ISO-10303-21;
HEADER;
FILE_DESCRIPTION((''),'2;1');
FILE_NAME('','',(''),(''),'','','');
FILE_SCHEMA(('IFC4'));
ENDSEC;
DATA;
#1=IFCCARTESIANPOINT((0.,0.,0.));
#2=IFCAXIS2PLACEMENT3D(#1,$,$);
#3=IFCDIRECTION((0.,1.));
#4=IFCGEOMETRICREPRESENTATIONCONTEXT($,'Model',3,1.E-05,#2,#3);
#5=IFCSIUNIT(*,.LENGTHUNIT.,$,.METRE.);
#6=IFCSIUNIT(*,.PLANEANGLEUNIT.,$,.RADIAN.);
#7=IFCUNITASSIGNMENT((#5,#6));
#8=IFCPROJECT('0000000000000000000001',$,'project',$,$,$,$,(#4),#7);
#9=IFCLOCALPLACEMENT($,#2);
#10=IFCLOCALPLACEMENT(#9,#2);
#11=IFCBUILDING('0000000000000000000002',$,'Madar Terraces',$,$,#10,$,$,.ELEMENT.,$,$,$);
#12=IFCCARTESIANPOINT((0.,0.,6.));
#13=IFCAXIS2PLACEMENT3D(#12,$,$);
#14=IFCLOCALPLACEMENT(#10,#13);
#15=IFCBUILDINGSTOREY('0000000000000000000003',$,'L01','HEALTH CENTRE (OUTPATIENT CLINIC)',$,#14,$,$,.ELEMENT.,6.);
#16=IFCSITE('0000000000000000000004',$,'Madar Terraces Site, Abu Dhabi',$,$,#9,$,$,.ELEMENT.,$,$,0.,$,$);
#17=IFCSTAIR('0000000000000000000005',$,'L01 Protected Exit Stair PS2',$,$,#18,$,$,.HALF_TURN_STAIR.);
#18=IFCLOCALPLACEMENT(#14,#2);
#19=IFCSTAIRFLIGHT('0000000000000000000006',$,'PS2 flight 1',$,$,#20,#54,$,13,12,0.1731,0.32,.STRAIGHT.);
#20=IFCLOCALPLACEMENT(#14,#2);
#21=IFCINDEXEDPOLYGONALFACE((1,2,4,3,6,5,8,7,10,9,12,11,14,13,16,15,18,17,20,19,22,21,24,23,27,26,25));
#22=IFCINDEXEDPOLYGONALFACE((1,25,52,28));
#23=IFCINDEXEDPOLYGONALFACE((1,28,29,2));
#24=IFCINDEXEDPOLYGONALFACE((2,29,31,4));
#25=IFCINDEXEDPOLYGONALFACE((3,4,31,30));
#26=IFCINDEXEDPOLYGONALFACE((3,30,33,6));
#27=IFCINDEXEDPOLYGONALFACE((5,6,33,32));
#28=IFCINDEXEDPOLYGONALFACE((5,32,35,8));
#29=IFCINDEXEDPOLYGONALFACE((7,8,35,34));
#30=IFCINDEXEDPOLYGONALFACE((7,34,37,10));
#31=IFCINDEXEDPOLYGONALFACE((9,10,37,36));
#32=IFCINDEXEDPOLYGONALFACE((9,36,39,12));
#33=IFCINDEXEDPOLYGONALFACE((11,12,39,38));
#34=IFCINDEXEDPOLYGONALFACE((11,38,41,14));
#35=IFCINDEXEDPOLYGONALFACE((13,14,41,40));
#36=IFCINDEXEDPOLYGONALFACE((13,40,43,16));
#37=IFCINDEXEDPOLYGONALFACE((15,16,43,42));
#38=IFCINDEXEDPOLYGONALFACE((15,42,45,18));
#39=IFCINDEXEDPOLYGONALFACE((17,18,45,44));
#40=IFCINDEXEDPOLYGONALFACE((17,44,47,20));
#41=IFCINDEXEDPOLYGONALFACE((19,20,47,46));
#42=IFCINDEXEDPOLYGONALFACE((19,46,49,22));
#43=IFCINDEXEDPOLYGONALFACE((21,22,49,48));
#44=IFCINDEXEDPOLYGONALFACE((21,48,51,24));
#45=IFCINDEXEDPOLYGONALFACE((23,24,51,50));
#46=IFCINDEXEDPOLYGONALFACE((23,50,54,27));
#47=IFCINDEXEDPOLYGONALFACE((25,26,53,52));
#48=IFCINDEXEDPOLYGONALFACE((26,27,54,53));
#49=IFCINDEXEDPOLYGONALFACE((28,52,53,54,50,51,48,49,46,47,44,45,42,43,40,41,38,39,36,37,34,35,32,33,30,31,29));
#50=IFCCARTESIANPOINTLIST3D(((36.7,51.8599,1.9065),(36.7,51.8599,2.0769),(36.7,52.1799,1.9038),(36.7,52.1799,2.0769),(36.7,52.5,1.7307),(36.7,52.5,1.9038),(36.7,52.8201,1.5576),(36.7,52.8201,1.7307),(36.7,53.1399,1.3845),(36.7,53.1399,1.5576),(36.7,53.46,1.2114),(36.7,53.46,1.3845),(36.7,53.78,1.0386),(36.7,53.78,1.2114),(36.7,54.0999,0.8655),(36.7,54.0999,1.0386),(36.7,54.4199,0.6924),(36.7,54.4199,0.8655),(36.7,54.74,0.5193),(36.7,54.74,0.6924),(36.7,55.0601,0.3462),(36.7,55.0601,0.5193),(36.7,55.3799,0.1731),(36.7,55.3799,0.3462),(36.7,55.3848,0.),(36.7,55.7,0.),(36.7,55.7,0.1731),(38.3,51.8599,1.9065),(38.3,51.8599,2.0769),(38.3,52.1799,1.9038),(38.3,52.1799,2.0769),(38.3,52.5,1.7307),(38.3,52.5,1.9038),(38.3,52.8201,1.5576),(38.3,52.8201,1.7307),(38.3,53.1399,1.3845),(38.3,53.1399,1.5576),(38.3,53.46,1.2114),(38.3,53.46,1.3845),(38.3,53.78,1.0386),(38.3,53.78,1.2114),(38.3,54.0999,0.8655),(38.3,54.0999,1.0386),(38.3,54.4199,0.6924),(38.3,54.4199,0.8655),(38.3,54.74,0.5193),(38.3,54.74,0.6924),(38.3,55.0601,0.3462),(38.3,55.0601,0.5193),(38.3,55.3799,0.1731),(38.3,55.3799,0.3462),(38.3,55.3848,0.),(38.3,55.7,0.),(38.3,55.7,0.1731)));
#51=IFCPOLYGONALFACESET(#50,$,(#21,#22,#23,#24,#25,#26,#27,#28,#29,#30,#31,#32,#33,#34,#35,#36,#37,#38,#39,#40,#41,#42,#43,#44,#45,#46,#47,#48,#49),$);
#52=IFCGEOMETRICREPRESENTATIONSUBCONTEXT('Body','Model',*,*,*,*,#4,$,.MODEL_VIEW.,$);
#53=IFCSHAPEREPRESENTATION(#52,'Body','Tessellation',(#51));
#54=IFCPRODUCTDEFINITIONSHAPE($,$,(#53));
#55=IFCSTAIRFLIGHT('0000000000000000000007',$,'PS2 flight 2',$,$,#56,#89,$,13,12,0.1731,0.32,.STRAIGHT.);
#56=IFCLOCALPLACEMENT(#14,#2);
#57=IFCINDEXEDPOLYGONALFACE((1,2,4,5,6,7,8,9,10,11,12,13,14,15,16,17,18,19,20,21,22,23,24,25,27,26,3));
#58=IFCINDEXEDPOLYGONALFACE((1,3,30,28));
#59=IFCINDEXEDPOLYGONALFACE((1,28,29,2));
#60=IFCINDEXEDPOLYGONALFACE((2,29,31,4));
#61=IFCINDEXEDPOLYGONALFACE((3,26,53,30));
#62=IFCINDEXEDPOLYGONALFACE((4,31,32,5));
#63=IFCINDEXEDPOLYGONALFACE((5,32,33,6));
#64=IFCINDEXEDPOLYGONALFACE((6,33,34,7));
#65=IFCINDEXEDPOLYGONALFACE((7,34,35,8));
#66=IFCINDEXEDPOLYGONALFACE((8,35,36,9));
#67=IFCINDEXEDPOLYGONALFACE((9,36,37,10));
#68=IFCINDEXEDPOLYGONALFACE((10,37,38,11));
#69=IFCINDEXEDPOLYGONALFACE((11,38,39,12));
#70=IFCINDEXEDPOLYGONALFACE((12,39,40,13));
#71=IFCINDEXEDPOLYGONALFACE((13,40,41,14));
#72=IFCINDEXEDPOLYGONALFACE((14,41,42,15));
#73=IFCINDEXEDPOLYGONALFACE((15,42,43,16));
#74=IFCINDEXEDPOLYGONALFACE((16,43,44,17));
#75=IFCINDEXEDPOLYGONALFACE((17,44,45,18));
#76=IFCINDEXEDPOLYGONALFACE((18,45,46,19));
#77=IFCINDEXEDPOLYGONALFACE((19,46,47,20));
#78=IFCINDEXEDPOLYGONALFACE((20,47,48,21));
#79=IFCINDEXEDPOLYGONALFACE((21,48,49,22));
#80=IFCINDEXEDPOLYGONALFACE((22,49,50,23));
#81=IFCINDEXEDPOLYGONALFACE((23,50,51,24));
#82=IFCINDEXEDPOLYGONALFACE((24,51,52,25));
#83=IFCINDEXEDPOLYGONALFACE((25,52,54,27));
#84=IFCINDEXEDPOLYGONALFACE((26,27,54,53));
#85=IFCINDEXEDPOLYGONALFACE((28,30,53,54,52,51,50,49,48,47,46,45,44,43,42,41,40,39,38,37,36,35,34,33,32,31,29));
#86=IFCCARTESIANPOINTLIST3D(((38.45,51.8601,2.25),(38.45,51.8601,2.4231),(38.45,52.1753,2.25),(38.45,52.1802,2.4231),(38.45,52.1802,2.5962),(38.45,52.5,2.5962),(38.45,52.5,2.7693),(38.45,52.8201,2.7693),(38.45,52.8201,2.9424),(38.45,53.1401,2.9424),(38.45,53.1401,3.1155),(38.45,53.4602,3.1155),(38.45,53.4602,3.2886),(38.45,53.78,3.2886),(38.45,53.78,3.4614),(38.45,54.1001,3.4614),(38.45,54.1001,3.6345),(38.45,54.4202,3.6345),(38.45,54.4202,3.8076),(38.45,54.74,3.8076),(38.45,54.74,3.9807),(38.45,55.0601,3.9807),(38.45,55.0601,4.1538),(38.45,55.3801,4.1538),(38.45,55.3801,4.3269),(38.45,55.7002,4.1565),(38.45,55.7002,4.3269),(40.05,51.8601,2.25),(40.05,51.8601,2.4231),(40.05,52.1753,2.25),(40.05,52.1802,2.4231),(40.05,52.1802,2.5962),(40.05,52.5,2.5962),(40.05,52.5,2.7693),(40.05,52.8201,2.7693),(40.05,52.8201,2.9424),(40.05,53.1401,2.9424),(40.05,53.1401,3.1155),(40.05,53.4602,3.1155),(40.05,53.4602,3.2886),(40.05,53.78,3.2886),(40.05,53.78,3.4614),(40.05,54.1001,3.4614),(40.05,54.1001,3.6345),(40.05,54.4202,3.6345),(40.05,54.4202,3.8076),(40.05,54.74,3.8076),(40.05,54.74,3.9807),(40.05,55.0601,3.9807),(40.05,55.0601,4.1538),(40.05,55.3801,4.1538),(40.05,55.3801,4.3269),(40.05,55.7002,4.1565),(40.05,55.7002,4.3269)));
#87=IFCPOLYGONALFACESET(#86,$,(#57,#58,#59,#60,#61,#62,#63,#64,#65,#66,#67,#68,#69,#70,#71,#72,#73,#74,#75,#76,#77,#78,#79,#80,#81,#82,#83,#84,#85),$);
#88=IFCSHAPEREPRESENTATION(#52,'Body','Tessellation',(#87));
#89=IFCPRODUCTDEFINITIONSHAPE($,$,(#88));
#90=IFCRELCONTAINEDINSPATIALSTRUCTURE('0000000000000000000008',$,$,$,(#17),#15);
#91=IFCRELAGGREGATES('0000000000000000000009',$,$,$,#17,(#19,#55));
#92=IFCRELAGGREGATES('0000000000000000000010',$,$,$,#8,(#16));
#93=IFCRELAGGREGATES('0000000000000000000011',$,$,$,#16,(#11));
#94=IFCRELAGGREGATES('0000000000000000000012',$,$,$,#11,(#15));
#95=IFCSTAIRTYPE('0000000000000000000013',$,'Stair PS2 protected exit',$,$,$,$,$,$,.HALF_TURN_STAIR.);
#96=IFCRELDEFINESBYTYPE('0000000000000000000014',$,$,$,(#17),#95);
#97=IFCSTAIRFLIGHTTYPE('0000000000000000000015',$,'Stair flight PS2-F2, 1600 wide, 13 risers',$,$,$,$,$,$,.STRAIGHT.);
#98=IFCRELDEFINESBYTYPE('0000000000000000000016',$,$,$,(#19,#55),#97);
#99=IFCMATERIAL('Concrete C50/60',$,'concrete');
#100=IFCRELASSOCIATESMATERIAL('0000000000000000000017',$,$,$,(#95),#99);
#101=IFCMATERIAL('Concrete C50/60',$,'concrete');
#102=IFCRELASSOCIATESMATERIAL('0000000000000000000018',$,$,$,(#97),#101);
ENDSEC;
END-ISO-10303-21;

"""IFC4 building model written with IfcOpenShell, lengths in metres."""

from ifc_helpers import new_model, si_unit, direction, frame, origin, place, context, subcontext, project, spatial, polyline, outline, extrude, material, type_object, element, aggregate, save


model = new_model("IFC4")

# Units and contexts
model_context = context("Model", 3, precision=1e-05, world=origin(), true_north=direction((0.0, 1.0)))
body_context = subcontext(model_context, "Body", "Model", "MODEL_VIEW")
ifc_project = project(units=[si_unit("LENGTHUNIT", "METRE"), si_unit("PLANEANGLEUNIT", "RADIAN")], contexts=[model_context])

# Site, building, storey
site_placement = place(None, origin())
site = spatial("IfcSite", under=ifc_project, at=site_placement, Name="Madar Terraces Site, Abu Dhabi", CompositionType="ELEMENT", RefElevation=0.0)
building_placement = place(site_placement, origin())
building = spatial("IfcBuilding", under=site, at=building_placement, Name="Madar Terraces", CompositionType="ELEMENT")
storey_placement = place(building_placement, frame((0.0, 0.0, 6.0)))
storey = spatial("IfcBuildingStorey", under=building, at=storey_placement, Name="L01", Description="HEALTH CENTRE (OUTPATIENT CLINIC)", CompositionType="ELEMENT", Elevation=6.0)

# Stair, stair flights
ifc_material_1 = material(Name="Concrete C50/60", Category="concrete")
stair_type = type_object("IfcStairType", Name="Stair PS2 protected exit", PredefinedType="HALF_TURN_STAIR", material=ifc_material_1)
stair_placement = place(storey_placement, origin())
stair = element("IfcStair", 1, at=stair_placement, inside=storey, type_object=stair_type, Name="L01 Protected Exit Stair PS2", PredefinedType="HALF_TURN_STAIR")
ifc_material_2 = material(Name="Concrete C50/60", Category="concrete")
stair_flight_type = type_object("IfcStairFlightType", Name="Stair flight PS2-F2, 1600 wide, 13 risers", PredefinedType="STRAIGHT", material=ifc_material_2)
stair_flight_1_placement = place(storey_placement, frame((37.5, 55.7, 0.0), z_axis=(0.0, 0.0, 1.0), x_axis=(0.0, -1.0, 0.0)))
stair_flight_1 = element("IfcStairFlight", 2, at=stair_flight_1_placement, type_object=stair_flight_type, Name="PS2 flight 1", NumberOfRisers=13, NumberOfTreads=12, PredefinedType="STRAIGHT", RiserHeight=0.1731, TreadLength=0.32, context=body_context, shape_type="SweptSolid", body=[
    extrude(outline(polyline([(0.0, 0.0), (0.0, 0.1731), (0.3201, 0.1731), (0.3201, 0.3462), (0.6399, 0.3462), (0.6399, 0.5193), (0.96, 0.5193), (0.96, 0.6924), (1.28, 0.6924), (1.28, 0.8655), (1.6001, 0.8655), (1.6001, 1.0386), (1.9199, 1.0386), (1.9199, 1.2114), (2.24, 1.2114), (2.24, 1.3845), (2.5601, 1.3845), (2.5601, 1.5576), (2.8799, 1.5576), (2.8799, 1.7307), (3.2, 1.7307), (3.2, 1.9038), (3.52, 1.9038), (3.52, 2.0769), (3.8401, 2.0769), (3.8401, 2.25), (3.8401, 1.9065), (0.3152, 0.0), (0.0, 0.0)])), frame((0.0, 0.8, 0.0), z_axis=(0.0, -1.0, 0.0), x_axis=(1.0, 0.0, 0.0)), (0.0, 0.0, 1.0), 1.6001),
])
stair_flight_2_placement = place(storey_placement, frame((39.25, 51.8601, 2.25), z_axis=(0.0, 0.0, 1.0), x_axis=(0.0, 1.0, 0.0)))
stair_flight_2 = element("IfcStairFlight", 3, at=stair_flight_2_placement, type_object=stair_flight_type, Name="PS2 flight 2", NumberOfRisers=13, NumberOfTreads=12, PredefinedType="STRAIGHT", RiserHeight=0.1731, TreadLength=0.32, context=body_context, shape_type="SweptSolid", body=[
    extrude(outline(polyline([(0.0, 0.0), (0.0, 0.1731), (0.3201, 0.1731), (0.3201, 0.3462), (0.6399, 0.3462), (0.6399, 0.5193), (0.96, 0.5193), (0.96, 0.6924), (1.28, 0.6924), (1.28, 0.8655), (1.6001, 0.8655), (1.6001, 1.0386), (1.9199, 1.0386), (1.9199, 1.2114), (2.24, 1.2114), (2.24, 1.3845), (2.5601, 1.3845), (2.5601, 1.5576), (2.8799, 1.5576), (2.8799, 1.7307), (3.2, 1.7307), (3.2, 1.9038), (3.52, 1.9038), (3.52, 2.0769), (3.8401, 2.0769), (3.8401, 2.25), (3.8401, 1.9065), (0.3152, 0.0), (0.0, 0.0)])), frame((0.0, 0.8, 0.0), z_axis=(0.0, -1.0, 0.0), x_axis=(1.0, 0.0, 0.0)), (0.0, 0.0, 1.0), 1.6001),
])
aggregate(stair, [stair_flight_1, stair_flight_2])

save(model, "model.ifc")
